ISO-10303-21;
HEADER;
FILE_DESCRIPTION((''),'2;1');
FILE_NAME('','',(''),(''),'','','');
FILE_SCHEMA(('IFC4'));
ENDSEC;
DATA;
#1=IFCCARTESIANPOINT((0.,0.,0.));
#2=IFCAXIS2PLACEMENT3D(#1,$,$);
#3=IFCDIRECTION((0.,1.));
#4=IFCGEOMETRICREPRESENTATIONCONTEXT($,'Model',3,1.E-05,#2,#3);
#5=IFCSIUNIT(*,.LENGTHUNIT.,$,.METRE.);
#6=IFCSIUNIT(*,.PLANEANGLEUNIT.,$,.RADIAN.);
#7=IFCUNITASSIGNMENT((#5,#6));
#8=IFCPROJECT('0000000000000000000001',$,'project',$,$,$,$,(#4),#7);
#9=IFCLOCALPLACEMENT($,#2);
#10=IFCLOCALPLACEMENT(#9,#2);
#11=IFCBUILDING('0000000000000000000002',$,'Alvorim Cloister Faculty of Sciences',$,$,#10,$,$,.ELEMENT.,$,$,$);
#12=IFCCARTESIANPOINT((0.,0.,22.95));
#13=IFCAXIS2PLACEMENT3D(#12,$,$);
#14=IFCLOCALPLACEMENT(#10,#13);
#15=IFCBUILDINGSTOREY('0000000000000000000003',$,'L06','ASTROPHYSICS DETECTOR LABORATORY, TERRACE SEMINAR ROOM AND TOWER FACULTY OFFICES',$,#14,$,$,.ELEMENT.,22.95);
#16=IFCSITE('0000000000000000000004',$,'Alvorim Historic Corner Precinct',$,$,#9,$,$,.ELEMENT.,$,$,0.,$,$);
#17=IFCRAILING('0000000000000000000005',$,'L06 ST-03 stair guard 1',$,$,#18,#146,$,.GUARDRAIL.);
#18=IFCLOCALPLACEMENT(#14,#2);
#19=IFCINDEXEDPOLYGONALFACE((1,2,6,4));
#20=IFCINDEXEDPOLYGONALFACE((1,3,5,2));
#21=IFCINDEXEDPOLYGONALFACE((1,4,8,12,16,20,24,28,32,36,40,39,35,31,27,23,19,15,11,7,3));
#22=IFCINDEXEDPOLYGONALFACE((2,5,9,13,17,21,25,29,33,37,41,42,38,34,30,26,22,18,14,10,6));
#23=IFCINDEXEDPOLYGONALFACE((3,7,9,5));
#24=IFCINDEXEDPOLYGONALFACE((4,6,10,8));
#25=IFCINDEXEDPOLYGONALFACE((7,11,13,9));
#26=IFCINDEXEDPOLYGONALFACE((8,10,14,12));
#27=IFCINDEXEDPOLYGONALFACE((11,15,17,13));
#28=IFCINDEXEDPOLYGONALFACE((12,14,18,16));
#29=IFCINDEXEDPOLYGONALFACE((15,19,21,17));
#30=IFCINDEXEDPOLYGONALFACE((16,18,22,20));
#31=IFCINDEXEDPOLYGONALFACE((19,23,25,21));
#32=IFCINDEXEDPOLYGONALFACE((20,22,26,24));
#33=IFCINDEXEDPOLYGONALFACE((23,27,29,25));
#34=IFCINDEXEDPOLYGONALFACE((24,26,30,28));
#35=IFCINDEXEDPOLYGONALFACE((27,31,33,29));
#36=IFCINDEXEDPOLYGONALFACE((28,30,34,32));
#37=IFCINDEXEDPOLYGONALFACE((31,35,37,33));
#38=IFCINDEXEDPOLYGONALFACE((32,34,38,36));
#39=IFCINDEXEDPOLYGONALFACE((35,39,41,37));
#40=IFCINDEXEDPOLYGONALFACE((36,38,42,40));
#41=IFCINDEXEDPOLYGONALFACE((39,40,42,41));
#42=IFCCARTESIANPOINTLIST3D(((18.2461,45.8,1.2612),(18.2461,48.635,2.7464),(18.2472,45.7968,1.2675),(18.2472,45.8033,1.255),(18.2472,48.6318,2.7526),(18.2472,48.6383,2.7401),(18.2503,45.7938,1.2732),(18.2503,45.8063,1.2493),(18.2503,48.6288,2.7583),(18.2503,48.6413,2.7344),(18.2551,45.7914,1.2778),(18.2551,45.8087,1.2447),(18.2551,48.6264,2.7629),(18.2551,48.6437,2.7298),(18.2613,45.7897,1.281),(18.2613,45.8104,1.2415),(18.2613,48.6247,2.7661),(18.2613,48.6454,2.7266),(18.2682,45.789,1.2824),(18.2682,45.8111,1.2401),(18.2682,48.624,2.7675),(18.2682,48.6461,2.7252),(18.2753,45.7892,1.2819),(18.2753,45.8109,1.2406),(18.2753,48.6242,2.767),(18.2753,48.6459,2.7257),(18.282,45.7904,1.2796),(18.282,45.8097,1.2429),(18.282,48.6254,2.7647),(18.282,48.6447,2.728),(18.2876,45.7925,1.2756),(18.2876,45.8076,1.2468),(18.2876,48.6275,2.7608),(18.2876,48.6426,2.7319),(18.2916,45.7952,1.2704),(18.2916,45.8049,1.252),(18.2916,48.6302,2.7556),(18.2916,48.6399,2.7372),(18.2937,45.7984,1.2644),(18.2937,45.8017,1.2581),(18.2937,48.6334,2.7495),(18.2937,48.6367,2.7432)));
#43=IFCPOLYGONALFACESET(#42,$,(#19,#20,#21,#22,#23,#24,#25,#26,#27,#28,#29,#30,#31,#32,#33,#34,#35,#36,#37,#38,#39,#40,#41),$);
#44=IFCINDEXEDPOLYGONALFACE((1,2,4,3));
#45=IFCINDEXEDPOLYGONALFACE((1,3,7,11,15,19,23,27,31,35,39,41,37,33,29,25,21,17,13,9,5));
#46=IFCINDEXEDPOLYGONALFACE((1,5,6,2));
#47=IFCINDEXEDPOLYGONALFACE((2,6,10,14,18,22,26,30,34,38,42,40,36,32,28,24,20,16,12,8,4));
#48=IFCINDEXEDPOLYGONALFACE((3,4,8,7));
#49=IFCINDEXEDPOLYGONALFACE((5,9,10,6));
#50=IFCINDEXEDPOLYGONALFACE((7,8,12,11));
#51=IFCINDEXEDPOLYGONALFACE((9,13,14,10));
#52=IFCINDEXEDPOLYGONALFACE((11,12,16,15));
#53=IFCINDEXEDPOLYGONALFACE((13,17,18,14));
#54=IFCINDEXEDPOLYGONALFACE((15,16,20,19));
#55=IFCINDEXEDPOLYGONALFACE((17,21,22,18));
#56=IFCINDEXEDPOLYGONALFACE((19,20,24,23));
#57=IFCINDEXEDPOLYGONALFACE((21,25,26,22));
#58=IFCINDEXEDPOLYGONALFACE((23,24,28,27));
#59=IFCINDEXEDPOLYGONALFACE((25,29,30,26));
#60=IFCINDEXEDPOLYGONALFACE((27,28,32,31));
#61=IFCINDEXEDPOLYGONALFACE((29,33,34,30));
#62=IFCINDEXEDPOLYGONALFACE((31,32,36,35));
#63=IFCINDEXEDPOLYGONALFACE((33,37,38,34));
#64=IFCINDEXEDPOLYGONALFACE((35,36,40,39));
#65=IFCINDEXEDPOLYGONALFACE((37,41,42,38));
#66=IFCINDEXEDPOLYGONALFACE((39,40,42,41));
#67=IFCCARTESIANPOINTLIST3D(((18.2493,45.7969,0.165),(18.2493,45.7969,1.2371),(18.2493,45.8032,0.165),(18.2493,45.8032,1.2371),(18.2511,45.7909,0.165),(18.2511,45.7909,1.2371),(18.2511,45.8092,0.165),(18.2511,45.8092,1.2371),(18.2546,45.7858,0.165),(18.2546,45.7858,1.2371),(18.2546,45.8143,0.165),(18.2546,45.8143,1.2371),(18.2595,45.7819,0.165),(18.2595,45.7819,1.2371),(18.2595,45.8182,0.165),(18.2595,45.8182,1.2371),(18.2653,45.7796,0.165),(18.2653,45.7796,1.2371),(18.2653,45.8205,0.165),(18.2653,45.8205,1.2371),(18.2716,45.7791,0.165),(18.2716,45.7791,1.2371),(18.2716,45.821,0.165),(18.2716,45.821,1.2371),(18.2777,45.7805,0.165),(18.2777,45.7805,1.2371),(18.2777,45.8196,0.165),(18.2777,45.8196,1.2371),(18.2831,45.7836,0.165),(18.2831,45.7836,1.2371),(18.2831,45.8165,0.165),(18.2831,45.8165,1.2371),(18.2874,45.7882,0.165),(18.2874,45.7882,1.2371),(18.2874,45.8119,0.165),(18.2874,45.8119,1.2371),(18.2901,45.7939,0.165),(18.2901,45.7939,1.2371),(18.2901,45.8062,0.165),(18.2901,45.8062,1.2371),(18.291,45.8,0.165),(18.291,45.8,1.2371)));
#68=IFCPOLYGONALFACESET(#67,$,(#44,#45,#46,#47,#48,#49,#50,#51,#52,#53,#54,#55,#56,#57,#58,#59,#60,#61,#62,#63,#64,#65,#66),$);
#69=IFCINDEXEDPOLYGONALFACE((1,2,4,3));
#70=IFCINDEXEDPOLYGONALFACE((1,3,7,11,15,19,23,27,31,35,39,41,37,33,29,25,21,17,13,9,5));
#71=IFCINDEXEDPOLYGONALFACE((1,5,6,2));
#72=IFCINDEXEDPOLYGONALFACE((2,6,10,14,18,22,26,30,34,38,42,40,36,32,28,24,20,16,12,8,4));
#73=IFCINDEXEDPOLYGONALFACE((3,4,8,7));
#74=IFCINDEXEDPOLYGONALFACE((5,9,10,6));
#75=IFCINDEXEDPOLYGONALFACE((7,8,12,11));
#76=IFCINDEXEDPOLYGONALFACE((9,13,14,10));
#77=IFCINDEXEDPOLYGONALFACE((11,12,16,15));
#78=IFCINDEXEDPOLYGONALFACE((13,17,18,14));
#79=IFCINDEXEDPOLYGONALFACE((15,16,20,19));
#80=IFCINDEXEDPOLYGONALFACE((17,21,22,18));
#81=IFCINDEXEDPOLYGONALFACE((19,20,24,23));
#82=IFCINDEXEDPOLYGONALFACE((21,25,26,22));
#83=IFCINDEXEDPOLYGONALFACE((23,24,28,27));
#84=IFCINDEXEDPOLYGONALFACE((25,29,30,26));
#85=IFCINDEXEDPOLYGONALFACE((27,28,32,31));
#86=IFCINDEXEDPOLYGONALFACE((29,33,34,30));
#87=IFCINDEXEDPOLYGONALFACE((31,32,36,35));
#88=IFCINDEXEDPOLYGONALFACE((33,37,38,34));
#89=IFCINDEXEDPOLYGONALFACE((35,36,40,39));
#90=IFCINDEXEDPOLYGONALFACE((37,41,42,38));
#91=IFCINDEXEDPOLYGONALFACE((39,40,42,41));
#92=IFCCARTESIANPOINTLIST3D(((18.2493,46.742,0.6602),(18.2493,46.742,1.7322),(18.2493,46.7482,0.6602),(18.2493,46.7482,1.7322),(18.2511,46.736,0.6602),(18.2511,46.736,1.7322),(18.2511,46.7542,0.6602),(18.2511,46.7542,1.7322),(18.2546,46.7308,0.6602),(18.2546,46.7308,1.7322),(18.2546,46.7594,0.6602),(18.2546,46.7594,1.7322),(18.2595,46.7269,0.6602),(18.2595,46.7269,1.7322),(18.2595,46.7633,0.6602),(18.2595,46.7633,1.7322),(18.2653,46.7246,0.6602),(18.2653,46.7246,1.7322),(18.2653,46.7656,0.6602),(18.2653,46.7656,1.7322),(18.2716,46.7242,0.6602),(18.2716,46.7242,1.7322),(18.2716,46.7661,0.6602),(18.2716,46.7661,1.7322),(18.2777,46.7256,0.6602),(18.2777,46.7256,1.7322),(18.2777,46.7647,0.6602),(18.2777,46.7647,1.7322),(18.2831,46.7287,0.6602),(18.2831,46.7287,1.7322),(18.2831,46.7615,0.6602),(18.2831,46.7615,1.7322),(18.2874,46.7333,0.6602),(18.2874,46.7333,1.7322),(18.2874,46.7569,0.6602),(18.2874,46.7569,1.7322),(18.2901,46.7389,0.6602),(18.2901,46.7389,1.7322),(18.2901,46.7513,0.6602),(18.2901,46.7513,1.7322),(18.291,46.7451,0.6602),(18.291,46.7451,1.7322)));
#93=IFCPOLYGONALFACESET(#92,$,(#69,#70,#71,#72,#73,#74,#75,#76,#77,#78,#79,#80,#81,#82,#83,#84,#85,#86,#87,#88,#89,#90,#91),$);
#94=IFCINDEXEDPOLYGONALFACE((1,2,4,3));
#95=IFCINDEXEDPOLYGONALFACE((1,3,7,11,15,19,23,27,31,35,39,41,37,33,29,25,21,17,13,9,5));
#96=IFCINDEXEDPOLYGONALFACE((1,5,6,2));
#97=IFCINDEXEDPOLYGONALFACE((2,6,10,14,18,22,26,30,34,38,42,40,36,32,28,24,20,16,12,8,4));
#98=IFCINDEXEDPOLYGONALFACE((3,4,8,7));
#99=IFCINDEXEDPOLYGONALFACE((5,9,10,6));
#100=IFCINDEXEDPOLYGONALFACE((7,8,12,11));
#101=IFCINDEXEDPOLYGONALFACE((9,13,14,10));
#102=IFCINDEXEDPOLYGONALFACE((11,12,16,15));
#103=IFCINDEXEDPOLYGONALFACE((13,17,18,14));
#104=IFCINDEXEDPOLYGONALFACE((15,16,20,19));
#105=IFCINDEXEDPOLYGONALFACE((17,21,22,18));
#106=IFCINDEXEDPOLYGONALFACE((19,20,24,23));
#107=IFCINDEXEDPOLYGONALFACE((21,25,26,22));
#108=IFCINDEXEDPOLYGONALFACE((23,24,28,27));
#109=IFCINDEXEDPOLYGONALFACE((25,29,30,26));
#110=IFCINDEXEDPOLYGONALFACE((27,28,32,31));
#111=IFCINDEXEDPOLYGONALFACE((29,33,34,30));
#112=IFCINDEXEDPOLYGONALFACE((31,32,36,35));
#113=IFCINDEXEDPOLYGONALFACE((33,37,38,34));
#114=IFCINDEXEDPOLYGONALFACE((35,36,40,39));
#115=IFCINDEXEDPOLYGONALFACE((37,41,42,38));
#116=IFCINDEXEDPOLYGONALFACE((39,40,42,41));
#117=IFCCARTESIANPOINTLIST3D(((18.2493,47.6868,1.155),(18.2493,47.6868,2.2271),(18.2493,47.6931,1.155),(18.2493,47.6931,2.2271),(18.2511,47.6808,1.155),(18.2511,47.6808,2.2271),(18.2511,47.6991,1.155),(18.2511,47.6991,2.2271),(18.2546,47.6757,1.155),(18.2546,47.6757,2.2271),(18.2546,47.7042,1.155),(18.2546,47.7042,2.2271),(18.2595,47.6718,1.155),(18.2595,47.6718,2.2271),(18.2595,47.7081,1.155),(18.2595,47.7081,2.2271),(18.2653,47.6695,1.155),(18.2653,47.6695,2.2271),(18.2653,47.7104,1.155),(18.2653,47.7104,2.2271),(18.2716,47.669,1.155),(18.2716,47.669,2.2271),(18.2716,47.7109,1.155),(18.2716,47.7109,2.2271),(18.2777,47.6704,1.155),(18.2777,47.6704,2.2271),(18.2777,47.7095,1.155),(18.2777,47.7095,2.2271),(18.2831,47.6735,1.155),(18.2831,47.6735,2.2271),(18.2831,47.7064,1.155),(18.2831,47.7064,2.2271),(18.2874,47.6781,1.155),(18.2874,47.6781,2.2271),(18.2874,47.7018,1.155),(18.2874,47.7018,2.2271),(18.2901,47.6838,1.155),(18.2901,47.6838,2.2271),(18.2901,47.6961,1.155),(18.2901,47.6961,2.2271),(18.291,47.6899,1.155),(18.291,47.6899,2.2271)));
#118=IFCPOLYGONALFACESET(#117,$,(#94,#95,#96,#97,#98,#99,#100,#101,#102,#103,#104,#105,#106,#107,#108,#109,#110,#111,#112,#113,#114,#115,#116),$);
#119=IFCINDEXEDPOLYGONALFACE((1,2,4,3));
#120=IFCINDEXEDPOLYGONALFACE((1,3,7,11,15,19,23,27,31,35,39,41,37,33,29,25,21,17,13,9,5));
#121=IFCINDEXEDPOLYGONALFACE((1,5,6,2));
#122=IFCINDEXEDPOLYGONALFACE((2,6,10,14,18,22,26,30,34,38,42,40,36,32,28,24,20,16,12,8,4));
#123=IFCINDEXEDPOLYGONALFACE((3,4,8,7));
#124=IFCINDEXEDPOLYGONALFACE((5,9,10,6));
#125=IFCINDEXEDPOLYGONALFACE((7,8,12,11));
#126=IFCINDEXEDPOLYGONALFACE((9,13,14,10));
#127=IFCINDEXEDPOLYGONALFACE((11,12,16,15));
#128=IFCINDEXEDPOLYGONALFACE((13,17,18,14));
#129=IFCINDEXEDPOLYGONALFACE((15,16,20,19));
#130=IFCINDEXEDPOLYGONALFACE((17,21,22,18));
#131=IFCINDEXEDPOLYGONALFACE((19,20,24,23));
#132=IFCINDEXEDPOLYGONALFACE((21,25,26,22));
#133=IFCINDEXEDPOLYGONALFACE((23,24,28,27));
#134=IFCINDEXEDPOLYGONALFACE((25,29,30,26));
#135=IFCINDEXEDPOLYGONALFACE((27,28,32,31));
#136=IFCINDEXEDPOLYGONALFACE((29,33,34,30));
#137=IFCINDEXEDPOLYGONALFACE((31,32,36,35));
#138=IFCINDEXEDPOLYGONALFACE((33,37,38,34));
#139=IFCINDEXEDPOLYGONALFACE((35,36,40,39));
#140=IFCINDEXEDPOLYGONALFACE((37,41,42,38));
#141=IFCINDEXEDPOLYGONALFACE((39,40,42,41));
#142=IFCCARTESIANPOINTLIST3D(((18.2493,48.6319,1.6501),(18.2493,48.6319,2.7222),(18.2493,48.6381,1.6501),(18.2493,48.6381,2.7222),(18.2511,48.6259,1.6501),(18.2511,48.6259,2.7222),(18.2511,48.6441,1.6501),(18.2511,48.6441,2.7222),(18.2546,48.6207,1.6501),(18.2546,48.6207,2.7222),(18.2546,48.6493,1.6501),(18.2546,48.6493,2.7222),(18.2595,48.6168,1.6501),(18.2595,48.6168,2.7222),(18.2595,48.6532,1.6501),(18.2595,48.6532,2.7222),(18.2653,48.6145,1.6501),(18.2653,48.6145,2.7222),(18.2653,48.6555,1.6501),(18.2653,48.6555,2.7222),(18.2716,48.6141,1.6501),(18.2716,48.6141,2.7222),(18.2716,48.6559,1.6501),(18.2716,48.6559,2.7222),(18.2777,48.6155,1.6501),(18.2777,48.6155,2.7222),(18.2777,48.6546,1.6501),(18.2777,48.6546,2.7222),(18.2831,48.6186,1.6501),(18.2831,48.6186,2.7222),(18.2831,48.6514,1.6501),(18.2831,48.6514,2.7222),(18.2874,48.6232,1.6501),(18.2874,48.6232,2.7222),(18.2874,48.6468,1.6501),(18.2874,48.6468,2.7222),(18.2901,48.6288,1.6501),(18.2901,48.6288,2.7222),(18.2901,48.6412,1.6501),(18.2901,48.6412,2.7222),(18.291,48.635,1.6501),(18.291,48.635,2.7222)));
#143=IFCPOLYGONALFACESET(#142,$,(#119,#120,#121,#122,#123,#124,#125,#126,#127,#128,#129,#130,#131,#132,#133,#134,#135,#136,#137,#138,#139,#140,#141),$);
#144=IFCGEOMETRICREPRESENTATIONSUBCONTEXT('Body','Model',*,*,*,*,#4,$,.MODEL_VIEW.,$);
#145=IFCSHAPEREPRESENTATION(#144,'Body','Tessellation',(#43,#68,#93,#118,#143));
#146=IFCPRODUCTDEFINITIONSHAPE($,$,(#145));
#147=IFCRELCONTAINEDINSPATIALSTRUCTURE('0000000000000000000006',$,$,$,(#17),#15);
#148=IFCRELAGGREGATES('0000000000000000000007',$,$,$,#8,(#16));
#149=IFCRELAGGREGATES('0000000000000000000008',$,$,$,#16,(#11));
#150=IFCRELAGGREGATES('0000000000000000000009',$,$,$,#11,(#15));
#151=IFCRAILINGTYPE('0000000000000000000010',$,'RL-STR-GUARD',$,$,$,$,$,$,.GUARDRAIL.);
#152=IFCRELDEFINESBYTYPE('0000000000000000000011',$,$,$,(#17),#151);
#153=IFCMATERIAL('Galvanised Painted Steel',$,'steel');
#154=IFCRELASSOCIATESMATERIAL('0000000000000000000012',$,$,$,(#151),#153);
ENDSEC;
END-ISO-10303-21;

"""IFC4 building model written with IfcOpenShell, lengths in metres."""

from ifc_helpers import new_model, si_unit, direction, frame, origin, origin_2d, place, context, subcontext, project, spatial, circle, extrude, material, type_object, element, save


model = new_model("IFC4")

# Units and contexts
model_context = context("Model", 3, precision=1e-05, world=origin(), true_north=direction((0.0, 1.0)))
body_context = subcontext(model_context, "Body", "Model", "MODEL_VIEW")
ifc_project = project(units=[si_unit("LENGTHUNIT", "METRE"), si_unit("PLANEANGLEUNIT", "RADIAN")], contexts=[model_context])

# Site, building, storey
site_placement = place(None, origin())
site = spatial("IfcSite", under=ifc_project, at=site_placement, Name="Alvorim Historic Corner Precinct", CompositionType="ELEMENT", RefElevation=0.0)
building_placement = place(site_placement, origin())
building = spatial("IfcBuilding", under=site, at=building_placement, Name="Alvorim Cloister Faculty of Sciences", CompositionType="ELEMENT")
storey_placement = place(building_placement, frame((0.0, 0.0, 22.95)))
storey = spatial("IfcBuildingStorey", under=building, at=storey_placement, Name="L06", Description="ASTROPHYSICS DETECTOR LABORATORY, TERRACE SEMINAR ROOM AND TOWER FACULTY OFFICES", CompositionType="ELEMENT", Elevation=22.95)

# Railing
ifc_material_1 = material(Name="Galvanised Painted Steel", Category="steel")
railing_type_1 = type_object("IfcRailingType", Name="RL-STR-GUARD", PredefinedType="GUARDRAIL", material=ifc_material_1)
railing_1_placement = place(storey_placement, frame((18.27, 45.8, 0.165)))
element("IfcRailing", 1, at=railing_1_placement, inside=storey, type_object=railing_type_1, Name="L06 ST-03 stair guard 1", PredefinedType="GUARDRAIL", context=body_context, shape_type="SweptSolid", body=[
    extrude(circle(Radius=0.0239, at=origin_2d()), frame((0.0, 0.0, 1.0962), z_axis=(0.0, 0.885815, 0.464038), x_axis=(-1.0, 0.0, 0.0)), (0.0, 0.0, 1.0), 3.2004),
    extrude(circle(Radius=0.021, at=origin_2d()), origin(), (0.0, 0.0, 1.0), 1.072),
    extrude(circle(Radius=0.021, at=origin_2d()), frame((0.0, 0.9451, 0.4951)), (0.0, 0.0, 1.0), 1.072),
    extrude(circle(Radius=0.021, at=origin_2d()), frame((0.0, 1.8899, 0.99)), (0.0, 0.0, 1.0), 1.072),
    extrude(circle(Radius=0.021, at=origin_2d()), frame((0.0, 2.835, 1.4851)), (0.0, 0.0, 1.0), 1.072),
])

save(model, "model.ifc")
